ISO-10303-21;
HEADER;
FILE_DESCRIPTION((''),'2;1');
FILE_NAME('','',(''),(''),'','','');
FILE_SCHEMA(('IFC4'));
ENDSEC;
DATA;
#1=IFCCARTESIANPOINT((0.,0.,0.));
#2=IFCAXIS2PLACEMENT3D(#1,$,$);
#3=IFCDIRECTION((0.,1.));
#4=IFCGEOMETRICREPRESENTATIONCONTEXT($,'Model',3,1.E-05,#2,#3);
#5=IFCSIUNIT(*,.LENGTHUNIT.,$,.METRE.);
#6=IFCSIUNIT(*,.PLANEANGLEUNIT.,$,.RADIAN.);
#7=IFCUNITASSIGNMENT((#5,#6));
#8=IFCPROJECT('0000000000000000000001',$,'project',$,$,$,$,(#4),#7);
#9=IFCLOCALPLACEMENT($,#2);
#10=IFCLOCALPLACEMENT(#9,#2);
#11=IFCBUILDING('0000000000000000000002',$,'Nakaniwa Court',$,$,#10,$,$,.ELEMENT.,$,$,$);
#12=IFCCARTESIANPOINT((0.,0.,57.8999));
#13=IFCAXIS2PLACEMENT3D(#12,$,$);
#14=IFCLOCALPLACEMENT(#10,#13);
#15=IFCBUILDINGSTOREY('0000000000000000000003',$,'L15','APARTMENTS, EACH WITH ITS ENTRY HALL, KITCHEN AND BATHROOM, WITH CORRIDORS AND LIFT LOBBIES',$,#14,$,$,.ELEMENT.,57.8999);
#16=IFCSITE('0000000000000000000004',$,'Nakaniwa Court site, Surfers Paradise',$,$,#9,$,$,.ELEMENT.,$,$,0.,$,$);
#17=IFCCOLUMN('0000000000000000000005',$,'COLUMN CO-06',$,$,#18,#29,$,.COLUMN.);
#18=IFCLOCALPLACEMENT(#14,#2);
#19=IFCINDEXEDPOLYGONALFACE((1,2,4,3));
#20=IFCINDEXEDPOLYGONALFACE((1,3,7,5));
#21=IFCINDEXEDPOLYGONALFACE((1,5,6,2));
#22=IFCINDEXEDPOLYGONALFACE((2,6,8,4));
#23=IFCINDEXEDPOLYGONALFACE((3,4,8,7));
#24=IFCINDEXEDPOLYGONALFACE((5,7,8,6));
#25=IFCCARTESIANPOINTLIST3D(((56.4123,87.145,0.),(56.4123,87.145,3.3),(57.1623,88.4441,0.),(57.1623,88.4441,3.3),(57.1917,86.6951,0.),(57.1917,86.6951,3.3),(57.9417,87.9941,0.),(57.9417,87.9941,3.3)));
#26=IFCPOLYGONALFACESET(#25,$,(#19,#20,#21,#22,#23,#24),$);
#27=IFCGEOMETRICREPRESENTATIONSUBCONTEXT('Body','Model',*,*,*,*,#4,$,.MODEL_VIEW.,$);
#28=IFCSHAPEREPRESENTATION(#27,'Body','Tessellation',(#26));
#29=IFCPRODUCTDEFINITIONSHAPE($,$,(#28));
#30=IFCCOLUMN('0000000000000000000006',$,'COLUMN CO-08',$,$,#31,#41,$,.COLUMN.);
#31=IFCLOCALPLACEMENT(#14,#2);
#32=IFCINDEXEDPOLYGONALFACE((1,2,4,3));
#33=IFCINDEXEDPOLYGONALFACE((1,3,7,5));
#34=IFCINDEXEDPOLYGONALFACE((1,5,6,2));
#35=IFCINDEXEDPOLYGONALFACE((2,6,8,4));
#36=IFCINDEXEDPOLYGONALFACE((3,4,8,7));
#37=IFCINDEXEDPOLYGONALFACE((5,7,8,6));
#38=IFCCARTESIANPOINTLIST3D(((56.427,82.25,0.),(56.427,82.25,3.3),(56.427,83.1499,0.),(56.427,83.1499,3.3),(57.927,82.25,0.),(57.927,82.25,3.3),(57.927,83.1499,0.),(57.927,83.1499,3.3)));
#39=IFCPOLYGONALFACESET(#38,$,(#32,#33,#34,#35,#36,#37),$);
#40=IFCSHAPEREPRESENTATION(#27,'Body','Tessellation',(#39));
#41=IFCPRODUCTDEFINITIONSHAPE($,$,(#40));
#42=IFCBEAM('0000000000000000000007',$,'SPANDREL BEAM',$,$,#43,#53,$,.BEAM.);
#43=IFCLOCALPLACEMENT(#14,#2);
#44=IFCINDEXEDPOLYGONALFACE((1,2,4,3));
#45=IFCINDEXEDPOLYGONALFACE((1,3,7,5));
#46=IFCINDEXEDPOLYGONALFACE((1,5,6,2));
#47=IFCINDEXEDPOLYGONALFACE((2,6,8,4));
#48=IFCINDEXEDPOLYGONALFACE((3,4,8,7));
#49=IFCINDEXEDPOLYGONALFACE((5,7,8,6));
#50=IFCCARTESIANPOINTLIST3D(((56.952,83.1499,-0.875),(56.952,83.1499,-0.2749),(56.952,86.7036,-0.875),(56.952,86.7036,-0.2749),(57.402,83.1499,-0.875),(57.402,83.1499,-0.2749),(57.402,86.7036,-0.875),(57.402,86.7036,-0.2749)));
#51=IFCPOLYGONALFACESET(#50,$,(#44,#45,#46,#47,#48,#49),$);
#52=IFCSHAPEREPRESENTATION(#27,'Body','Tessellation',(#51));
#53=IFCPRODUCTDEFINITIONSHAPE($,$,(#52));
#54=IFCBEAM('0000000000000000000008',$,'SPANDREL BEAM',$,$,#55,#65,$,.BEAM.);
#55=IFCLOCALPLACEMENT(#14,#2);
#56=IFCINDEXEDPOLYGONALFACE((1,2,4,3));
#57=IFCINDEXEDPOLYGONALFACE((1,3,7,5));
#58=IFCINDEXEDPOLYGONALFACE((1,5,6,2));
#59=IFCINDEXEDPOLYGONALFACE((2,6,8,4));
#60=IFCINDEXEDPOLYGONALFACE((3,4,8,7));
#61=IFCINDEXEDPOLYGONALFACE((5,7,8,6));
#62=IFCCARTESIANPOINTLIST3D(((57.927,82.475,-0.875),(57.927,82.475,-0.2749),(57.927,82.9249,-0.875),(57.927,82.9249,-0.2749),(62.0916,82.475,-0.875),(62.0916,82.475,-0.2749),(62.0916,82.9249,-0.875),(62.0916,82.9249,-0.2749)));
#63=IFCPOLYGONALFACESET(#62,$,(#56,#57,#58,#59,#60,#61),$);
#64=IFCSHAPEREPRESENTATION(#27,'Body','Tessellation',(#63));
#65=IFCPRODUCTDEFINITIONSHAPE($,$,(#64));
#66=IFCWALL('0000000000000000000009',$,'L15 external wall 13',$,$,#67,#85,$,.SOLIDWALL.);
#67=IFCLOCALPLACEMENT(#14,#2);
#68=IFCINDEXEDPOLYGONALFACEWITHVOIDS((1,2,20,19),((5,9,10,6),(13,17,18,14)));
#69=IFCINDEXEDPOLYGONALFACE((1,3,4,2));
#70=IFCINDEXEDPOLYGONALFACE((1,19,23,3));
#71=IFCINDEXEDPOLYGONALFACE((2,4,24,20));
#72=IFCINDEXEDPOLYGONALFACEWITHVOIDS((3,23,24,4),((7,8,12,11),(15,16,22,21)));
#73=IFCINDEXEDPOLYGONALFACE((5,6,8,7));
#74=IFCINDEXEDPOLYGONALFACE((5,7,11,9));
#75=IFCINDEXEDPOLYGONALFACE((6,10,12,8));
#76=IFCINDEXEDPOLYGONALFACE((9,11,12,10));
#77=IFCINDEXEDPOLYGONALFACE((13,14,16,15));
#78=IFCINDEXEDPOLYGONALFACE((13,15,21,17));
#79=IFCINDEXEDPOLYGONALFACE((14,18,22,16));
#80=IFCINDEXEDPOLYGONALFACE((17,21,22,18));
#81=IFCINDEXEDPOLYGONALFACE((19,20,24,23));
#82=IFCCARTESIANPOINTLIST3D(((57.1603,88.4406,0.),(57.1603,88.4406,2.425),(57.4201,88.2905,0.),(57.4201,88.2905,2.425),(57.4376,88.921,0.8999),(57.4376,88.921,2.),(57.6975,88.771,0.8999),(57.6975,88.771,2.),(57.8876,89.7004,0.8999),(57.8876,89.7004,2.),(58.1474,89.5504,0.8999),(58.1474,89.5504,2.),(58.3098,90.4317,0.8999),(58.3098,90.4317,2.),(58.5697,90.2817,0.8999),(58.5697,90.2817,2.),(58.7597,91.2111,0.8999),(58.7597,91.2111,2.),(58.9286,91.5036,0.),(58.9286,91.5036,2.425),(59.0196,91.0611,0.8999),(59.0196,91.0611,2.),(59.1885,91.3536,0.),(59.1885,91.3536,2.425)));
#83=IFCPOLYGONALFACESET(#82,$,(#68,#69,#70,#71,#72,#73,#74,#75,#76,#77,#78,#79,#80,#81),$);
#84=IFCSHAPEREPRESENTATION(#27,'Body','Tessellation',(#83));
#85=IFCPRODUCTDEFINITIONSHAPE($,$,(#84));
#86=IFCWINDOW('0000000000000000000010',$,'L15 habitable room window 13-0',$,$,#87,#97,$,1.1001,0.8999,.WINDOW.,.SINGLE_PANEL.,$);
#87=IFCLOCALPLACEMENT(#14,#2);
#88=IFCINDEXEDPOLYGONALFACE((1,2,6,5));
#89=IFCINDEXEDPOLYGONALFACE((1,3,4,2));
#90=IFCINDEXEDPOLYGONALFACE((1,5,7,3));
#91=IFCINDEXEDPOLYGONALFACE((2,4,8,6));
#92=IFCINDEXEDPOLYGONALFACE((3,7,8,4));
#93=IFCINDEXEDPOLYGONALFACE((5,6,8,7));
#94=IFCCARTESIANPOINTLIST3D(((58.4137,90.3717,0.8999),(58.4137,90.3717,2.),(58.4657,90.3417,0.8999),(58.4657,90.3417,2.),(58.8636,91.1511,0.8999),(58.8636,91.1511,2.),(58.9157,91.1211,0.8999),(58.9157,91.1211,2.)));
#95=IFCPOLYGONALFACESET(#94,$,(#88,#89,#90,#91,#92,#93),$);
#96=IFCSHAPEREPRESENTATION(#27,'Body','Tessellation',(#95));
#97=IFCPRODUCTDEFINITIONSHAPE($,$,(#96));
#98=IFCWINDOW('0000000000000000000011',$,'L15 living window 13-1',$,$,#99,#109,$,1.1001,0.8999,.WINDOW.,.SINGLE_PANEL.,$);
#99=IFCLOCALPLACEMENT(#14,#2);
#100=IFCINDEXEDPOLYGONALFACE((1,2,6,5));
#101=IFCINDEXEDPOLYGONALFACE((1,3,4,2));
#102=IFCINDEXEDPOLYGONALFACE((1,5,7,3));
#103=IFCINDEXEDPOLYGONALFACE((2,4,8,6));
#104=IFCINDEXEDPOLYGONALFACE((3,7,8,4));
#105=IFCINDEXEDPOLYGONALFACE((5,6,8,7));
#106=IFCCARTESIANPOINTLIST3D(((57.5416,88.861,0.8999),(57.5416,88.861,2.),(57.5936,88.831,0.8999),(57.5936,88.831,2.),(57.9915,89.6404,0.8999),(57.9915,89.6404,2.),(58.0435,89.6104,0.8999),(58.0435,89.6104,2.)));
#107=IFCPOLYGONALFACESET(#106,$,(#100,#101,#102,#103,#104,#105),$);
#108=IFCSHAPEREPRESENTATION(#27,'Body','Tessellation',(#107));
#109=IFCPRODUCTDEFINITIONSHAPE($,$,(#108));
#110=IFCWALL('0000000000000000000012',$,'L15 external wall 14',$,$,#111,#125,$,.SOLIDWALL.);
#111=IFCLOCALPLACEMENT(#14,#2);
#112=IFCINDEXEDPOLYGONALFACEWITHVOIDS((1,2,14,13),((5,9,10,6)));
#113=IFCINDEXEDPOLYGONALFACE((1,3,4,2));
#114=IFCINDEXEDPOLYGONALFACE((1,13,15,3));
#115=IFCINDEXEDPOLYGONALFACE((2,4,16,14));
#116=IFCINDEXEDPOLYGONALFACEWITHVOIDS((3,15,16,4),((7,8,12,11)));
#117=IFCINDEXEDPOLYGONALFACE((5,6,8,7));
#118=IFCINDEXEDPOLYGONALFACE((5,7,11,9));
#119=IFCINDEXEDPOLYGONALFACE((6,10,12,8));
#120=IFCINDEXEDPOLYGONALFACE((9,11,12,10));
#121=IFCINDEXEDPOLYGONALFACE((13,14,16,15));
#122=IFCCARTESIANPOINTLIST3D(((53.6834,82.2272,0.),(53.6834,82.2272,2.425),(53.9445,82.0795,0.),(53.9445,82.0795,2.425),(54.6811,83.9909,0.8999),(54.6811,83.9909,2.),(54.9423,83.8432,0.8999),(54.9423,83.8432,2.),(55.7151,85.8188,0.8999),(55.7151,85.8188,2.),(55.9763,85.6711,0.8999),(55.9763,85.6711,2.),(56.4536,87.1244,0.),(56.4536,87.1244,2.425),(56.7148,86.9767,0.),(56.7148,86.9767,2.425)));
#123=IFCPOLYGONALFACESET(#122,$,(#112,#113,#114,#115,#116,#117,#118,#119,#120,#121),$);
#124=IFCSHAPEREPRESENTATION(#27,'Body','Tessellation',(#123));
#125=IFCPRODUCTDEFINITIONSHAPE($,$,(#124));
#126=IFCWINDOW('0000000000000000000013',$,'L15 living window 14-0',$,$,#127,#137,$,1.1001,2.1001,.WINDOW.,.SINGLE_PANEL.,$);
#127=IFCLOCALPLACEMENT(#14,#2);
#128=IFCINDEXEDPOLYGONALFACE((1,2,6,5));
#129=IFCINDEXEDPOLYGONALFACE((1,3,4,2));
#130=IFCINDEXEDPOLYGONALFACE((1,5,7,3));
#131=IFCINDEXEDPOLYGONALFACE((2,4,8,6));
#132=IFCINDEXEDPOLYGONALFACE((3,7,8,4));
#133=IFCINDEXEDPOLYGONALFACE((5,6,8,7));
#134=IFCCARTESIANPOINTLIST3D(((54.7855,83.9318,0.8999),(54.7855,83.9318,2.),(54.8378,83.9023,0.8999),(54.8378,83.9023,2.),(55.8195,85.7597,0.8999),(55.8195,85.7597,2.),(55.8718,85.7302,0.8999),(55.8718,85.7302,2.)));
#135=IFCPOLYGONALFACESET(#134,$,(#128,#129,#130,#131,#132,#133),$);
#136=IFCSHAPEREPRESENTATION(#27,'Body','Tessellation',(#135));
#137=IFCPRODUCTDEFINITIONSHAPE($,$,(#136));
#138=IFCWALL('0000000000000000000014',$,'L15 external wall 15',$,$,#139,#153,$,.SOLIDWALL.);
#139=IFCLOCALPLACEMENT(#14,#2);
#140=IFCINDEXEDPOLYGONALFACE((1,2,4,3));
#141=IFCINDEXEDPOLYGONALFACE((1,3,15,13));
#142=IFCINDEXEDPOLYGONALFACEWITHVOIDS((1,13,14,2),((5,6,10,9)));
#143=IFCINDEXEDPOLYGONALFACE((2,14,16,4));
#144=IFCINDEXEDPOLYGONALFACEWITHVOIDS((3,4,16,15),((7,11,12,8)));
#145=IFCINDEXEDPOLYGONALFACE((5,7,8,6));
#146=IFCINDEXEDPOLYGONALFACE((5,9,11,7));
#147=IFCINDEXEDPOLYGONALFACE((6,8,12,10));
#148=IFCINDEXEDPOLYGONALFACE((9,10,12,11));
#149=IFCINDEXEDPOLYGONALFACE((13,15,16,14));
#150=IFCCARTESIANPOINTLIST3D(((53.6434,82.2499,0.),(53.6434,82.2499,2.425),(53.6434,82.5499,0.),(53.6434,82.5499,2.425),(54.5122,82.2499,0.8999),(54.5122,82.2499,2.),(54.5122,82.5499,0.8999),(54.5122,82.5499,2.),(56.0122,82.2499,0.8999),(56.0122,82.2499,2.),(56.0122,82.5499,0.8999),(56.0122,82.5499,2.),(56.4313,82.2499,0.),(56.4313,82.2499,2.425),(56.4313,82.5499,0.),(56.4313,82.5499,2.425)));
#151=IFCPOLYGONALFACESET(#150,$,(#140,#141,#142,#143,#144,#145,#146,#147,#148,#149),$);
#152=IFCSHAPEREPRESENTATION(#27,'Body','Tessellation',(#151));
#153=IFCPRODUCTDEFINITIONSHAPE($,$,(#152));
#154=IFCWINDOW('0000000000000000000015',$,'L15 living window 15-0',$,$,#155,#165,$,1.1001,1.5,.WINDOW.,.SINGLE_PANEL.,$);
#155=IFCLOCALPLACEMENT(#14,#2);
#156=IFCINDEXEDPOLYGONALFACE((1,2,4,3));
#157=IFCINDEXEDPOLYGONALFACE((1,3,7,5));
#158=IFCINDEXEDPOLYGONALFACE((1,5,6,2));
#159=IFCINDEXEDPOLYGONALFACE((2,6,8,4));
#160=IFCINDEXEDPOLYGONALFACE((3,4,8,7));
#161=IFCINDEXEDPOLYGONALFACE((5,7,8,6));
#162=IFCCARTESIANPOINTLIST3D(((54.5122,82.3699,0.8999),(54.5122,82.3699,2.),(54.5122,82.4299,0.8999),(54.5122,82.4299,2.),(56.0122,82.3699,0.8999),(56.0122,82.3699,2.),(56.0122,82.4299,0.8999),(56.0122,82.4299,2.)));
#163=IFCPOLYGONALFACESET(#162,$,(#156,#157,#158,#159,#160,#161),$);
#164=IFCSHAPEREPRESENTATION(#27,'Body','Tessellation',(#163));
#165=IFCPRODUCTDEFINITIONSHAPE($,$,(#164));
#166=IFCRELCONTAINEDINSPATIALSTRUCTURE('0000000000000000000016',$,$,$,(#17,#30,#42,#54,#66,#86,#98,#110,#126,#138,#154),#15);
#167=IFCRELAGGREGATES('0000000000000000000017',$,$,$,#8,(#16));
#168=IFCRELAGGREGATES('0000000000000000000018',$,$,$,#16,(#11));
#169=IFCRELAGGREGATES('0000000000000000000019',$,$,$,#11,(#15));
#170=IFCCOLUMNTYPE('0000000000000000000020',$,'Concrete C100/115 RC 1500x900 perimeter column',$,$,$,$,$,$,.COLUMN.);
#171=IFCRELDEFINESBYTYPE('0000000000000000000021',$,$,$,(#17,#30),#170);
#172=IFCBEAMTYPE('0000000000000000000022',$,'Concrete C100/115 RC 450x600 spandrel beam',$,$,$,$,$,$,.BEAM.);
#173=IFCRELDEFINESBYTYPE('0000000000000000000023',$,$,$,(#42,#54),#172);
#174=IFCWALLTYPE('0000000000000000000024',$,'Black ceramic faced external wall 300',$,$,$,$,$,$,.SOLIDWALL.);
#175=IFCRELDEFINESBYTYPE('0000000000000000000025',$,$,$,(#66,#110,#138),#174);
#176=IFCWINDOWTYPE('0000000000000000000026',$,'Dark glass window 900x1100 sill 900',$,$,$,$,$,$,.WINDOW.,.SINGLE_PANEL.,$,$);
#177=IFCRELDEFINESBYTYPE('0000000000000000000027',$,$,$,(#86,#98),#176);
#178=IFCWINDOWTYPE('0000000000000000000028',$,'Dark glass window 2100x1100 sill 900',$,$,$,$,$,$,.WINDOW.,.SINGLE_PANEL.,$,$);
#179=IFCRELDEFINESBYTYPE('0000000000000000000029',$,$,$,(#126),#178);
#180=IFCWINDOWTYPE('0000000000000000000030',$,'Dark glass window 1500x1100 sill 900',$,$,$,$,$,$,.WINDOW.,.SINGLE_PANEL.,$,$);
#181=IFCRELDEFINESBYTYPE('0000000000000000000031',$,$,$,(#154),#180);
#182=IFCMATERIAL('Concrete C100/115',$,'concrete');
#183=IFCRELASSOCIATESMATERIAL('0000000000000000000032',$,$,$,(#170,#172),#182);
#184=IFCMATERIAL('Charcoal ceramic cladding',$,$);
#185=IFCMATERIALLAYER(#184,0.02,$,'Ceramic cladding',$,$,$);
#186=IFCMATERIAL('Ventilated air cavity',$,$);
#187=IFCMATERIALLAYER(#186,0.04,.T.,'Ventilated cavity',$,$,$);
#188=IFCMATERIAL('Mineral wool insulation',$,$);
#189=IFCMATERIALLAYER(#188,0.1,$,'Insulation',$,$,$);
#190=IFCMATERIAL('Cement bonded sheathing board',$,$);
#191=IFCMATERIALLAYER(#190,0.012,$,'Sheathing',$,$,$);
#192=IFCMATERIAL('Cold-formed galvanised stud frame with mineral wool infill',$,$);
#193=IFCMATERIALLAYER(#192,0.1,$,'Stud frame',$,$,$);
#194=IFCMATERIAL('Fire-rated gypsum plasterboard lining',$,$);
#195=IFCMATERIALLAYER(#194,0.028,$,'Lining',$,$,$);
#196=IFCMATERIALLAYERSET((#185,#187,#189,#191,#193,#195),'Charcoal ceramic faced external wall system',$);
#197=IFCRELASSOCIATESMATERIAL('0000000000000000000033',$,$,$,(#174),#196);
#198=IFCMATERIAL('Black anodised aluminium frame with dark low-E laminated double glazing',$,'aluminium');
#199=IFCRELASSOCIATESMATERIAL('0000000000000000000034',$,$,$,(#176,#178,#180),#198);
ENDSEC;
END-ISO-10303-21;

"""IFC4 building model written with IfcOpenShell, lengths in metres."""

from ifc_helpers import new_model, si_unit, direction, frame, frame_2d, origin, origin_2d, place, context, subcontext, project, spatial, rectangle, extrude, material, layer, layer_set, material_profile, profile_set, type_object, element, fill, save


model = new_model("IFC4")

# Units and contexts
model_context = context("Model", 3, precision=1e-05, world=origin(), true_north=direction((0.0, 1.0)))
body_context = subcontext(model_context, "Body", "Model", "MODEL_VIEW")
ifc_project = project(units=[si_unit("LENGTHUNIT", "METRE"), si_unit("PLANEANGLEUNIT", "RADIAN")], contexts=[model_context])

# Site, building, storey
site_placement = place(None, origin())
site = spatial("IfcSite", under=ifc_project, at=site_placement, Name="Nakaniwa Court site, Surfers Paradise", CompositionType="ELEMENT", RefElevation=0.0)
building_placement = place(site_placement, origin())
building = spatial("IfcBuilding", under=site, at=building_placement, Name="Nakaniwa Court", CompositionType="ELEMENT")
storey_placement = place(building_placement, frame((0.0, 0.0, 57.8999)))
storey = spatial("IfcBuildingStorey", under=building, at=storey_placement, Name="L15", Description="APARTMENTS, EACH WITH ITS ENTRY HALL, KITCHEN AND BATHROOM, WITH CORRIDORS AND LIFT LOBBIES", CompositionType="ELEMENT", Elevation=57.8999)

# Columns
ifc_material_1 = material(Name="Concrete C100/115", Category="concrete")
ifc_material_profile_1 = material_profile(ifc_material_1, rectangle(XDim=1.5, YDim=0.8999, at=origin_2d()), Name="Concrete C100/115 RC 1500x900 perimeter column")
ifc_profile_set_1 = profile_set([ifc_material_profile_1], Name="Concrete C100/115")
column_type = type_object("IfcColumnType", Name="Concrete C100/115 RC 1500x900 perimeter column", PredefinedType="COLUMN", material=ifc_profile_set_1)
for number, where, z_axis, x_axis, name in (
    (1, (57.177, 87.5696, 0.0), (0.0, 0.0, 1.0), (-0.5, -0.866025, 0.0), "COLUMN CO-06"),
    (2, (57.177, 82.7, 0.0), (0.0, 0.0, 1.0), (1.0, 0.0, 0.0), "COLUMN CO-08"),
):
    element("IfcColumn", number, at=place(storey_placement, frame(where, z_axis=z_axis, x_axis=x_axis)), inside=storey, type_object=column_type, Name=name, PredefinedType="COLUMN", context=body_context, shape_type="SweptSolid", body=[
        extrude(rectangle(XDim=1.5, YDim=0.8999, at=origin_2d()), origin(), (0.0, 0.0, 1.0), 3.3),
    ])

# Beams
ifc_material_profile_2 = material_profile(ifc_material_1, rectangle(XDim=0.45, YDim=0.6001, at=origin_2d()), Name="Concrete C100/115 RC 450x600 spandrel beam")
ifc_profile_set_2 = profile_set([ifc_material_profile_2], Name="Concrete C100/115")
beam_type = type_object("IfcBeamType", Name="Concrete C100/115 RC 450x600 spandrel beam", PredefinedType="BEAM", material=ifc_profile_set_2)
beam_1_placement = place(storey_placement, frame((57.177, 86.7036, -0.575), z_axis=(0.0, -1.0, 0.0), x_axis=(1.0, 0.0, 0.0)))
element("IfcBeam", 3, at=beam_1_placement, inside=storey, type_object=beam_type, Name="SPANDREL BEAM", PredefinedType="BEAM", context=body_context, shape_type="SweptSolid", body=[
    extrude(rectangle(XDim=0.45, YDim=0.6001, at=origin_2d()), origin(), (0.0, 0.0, 1.0), 3.5537),
])
beam_2_placement = place(storey_placement, frame((57.927, 82.7, -0.575), z_axis=(1.0, 0.0, 0.0), x_axis=(0.0, 1.0, 0.0)))
element("IfcBeam", 4, at=beam_2_placement, inside=storey, type_object=beam_type, Name="SPANDREL BEAM", PredefinedType="BEAM", context=body_context, shape_type="SweptSolid", body=[
    extrude(rectangle(XDim=0.45, YDim=0.6001, at=origin_2d()), origin(), (0.0, 0.0, 1.0), 4.1646),
])

# Wall, openings, windows
ifc_material_2 = material(Name="Charcoal ceramic cladding")
ifc_layer_1 = layer(ifc_material_2, 0.02, Name="Ceramic cladding")
ifc_material_3 = material(Name="Ventilated air cavity")
ifc_layer_2 = layer(ifc_material_3, 0.04, ventilated=True, Name="Ventilated cavity")
ifc_material_4 = material(Name="Mineral wool insulation")
ifc_layer_3 = layer(ifc_material_4, 0.1, Name="Insulation")
ifc_material_5 = material(Name="Cement bonded sheathing board")
ifc_layer_4 = layer(ifc_material_5, 0.012, Name="Sheathing")
ifc_material_6 = material(Name="Cold-formed galvanised stud frame with mineral wool infill")
ifc_layer_5 = layer(ifc_material_6, 0.1, Name="Stud frame")
ifc_material_7 = material(Name="Fire-rated gypsum plasterboard lining")
ifc_layer_6 = layer(ifc_material_7, 0.028, Name="Lining")
ifc_layer_set_1 = layer_set([ifc_layer_1, ifc_layer_2, ifc_layer_3, ifc_layer_4, ifc_layer_5, ifc_layer_6], Name="Charcoal ceramic faced external wall system")
wall_type_1 = type_object("IfcWallType", Name="Black ceramic faced external wall 300", PredefinedType="SOLIDWALL", material=ifc_layer_set_1)
wall_1_placement = place(storey_placement, frame((59.0586, 91.4287, 0.0), z_axis=(0.0, 0.0, 1.0), x_axis=(-0.499977, -0.866038, 0.0)))
wall_1 = element("IfcWall", 5, at=wall_1_placement, inside=storey, type_object=wall_type_1, Name="L15 external wall 13", PredefinedType="SOLIDWALL", context=body_context, shape_type="SweptSolid", body=[
    extrude(rectangle(XDim=3.5369, YDim=0.3, at=frame_2d((1.7686, 0.0))), origin(), (0.0, 0.0, 1.0), 2.425),
])
opening_1_placement = place(wall_1_placement, frame((0.3379, 0.0, 0.8999)))
opening_1 = element("IfcOpeningElement", 6, at=opening_1_placement, cuts=wall_1, PredefinedType="OPENING", context=body_context, shape_type="SweptSolid", body=[
    extrude(rectangle(XDim=0.8999, YDim=1.1001, at=frame_2d((0.45, 0.55))), frame((0.0, 0.1599, 0.0), z_axis=(0.0, -1.0, 0.0), x_axis=(1.0, 0.0, 0.0)), (0.0, 0.0, 1.0), 0.3201),
])
opening_2_placement = place(wall_1_placement, frame((2.0823, 0.0, 0.8999)))
opening_2 = element("IfcOpeningElement", 7, at=opening_2_placement, cuts=wall_1, PredefinedType="OPENING", context=body_context, shape_type="SweptSolid", body=[
    extrude(rectangle(XDim=0.8999, YDim=1.1001, at=frame_2d((0.45, 0.55))), frame((0.0, 0.1599, 0.0), z_axis=(0.0, -1.0, 0.0), x_axis=(1.0, 0.0, 0.0)), (0.0, 0.0, 1.0), 0.3201),
])
ifc_material_8 = material(Name="Black anodised aluminium frame with dark low-E laminated double glazing", Category="aluminium")
window_type_1 = type_object("IfcWindowType", Name="Dark glass window 900x1100 sill 900", PartitioningType="SINGLE_PANEL", PredefinedType="WINDOW", material=ifc_material_8)
window_1_placement = place(opening_1_placement, origin())
window_1 = element("IfcWindow", 8, at=window_1_placement, inside=storey, type_object=window_type_1, Name="L15 habitable room window 13-0", OverallHeight=1.1001, OverallWidth=0.8999, PartitioningType="SINGLE_PANEL", PredefinedType="WINDOW", context=body_context, shape_type="SweptSolid", body=[
    extrude(rectangle(XDim=0.8999, YDim=1.1001, at=frame_2d((0.45, 0.55))), frame((0.0, 0.03, 0.0), z_axis=(0.0, -1.0, 0.0), x_axis=(1.0, 0.0, 0.0)), (0.0, 0.0, 1.0), 0.0601),
])
fill(opening_1, window_1)
window_2_placement = place(opening_2_placement, origin())
window_2 = element("IfcWindow", 9, at=window_2_placement, inside=storey, type_object=window_type_1, Name="L15 living window 13-1", OverallHeight=1.1001, OverallWidth=0.8999, PartitioningType="SINGLE_PANEL", PredefinedType="WINDOW", context=body_context, shape_type="SweptSolid", body=[
    extrude(rectangle(XDim=0.8999, YDim=1.1001, at=frame_2d((0.45, 0.55))), frame((0.0, 0.03, 0.0), z_axis=(0.0, -1.0, 0.0), x_axis=(1.0, 0.0, 0.0)), (0.0, 0.0, 1.0), 0.0601),
])
fill(opening_2, window_2)

# Walls, openings, windows
wall_2_placement = place(storey_placement, frame((56.5842, 87.0505, 0.0), z_axis=(0.0, 0.0, 1.0), x_axis=(-0.492363, -0.87039, 0.0)))
wall_2 = element("IfcWall", 10, at=wall_2_placement, inside=storey, type_object=wall_type_1, Name="L15 external wall 14", PredefinedType="SOLIDWALL", context=body_context, shape_type="SweptSolid", body=[
    extrude(rectangle(XDim=5.6265, YDim=0.3, at=frame_2d((2.8132, 0.0))), origin(), (0.0, 0.0, 1.0), 2.425),
])
opening_3_placement = place(wall_2_placement, frame((1.5, 0.0, 0.8999)))
opening_3 = element("IfcOpeningElement", 11, at=opening_3_placement, cuts=wall_2, PredefinedType="OPENING", context=body_context, shape_type="SweptSolid", body=[
    extrude(rectangle(XDim=2.1001, YDim=1.1001, at=frame_2d((1.05, 0.55))), frame((0.0, 0.1599, 0.0), z_axis=(0.0, -1.0, 0.0), x_axis=(1.0, 0.0, 0.0)), (0.0, 0.0, 1.0), 0.3201),
])
window_type_2 = type_object("IfcWindowType", Name="Dark glass window 2100x1100 sill 900", PartitioningType="SINGLE_PANEL", PredefinedType="WINDOW", material=ifc_material_8)
window_3_placement = place(opening_3_placement, origin())
window_3 = element("IfcWindow", 12, at=window_3_placement, inside=storey, type_object=window_type_2, Name="L15 living window 14-0", OverallHeight=1.1001, OverallWidth=2.1001, PartitioningType="SINGLE_PANEL", PredefinedType="WINDOW", context=body_context, shape_type="SweptSolid", body=[
    extrude(rectangle(XDim=2.1001, YDim=1.1001, at=frame_2d((1.05, 0.55))), frame((0.0, 0.03, 0.0), z_axis=(0.0, -1.0, 0.0), x_axis=(1.0, 0.0, 0.0)), (0.0, 0.0, 1.0), 0.0601),
])
fill(opening_3, window_3)
wall_3_placement = place(storey_placement, frame((53.6433, 82.3999, 0.0), z_axis=(0.0, 0.0, 1.0), x_axis=(1.0, 0.0, 0.0)))
wall_3 = element("IfcWall", 13, at=wall_3_placement, inside=storey, type_object=wall_type_1, Name="L15 external wall 15", PredefinedType="SOLIDWALL", context=body_context, shape_type="SweptSolid", body=[
    extrude(rectangle(XDim=2.7878, YDim=0.3, at=frame_2d((1.394, 0.0))), origin(), (0.0, 0.0, 1.0), 2.425),
])
opening_4_placement = place(wall_3_placement, frame((0.8689, 0.0, 0.8999)))
opening_4 = element("IfcOpeningElement", 14, at=opening_4_placement, cuts=wall_3, PredefinedType="OPENING", context=body_context, shape_type="SweptSolid", body=[
    extrude(rectangle(XDim=1.5, YDim=1.1001, at=frame_2d((0.75, 0.55))), frame((0.0, 0.1599, 0.0), z_axis=(0.0, -1.0, 0.0), x_axis=(1.0, 0.0, 0.0)), (0.0, 0.0, 1.0), 0.3201),
])
window_type_3 = type_object("IfcWindowType", Name="Dark glass window 1500x1100 sill 900", PartitioningType="SINGLE_PANEL", PredefinedType="WINDOW", material=ifc_material_8)
window_4_placement = place(opening_4_placement, origin())
window_4 = element("IfcWindow", 15, at=window_4_placement, inside=storey, type_object=window_type_3, Name="L15 living window 15-0", OverallHeight=1.1001, OverallWidth=1.5, PartitioningType="SINGLE_PANEL", PredefinedType="WINDOW", context=body_context, shape_type="SweptSolid", body=[
    extrude(rectangle(XDim=1.5, YDim=1.1001, at=frame_2d((0.75, 0.55))), frame((0.0, 0.03, 0.0), z_axis=(0.0, -1.0, 0.0), x_axis=(1.0, 0.0, 0.0)), (0.0, 0.0, 1.0), 0.0601),
])
fill(opening_4, window_4)

save(model, "model.ifc")
